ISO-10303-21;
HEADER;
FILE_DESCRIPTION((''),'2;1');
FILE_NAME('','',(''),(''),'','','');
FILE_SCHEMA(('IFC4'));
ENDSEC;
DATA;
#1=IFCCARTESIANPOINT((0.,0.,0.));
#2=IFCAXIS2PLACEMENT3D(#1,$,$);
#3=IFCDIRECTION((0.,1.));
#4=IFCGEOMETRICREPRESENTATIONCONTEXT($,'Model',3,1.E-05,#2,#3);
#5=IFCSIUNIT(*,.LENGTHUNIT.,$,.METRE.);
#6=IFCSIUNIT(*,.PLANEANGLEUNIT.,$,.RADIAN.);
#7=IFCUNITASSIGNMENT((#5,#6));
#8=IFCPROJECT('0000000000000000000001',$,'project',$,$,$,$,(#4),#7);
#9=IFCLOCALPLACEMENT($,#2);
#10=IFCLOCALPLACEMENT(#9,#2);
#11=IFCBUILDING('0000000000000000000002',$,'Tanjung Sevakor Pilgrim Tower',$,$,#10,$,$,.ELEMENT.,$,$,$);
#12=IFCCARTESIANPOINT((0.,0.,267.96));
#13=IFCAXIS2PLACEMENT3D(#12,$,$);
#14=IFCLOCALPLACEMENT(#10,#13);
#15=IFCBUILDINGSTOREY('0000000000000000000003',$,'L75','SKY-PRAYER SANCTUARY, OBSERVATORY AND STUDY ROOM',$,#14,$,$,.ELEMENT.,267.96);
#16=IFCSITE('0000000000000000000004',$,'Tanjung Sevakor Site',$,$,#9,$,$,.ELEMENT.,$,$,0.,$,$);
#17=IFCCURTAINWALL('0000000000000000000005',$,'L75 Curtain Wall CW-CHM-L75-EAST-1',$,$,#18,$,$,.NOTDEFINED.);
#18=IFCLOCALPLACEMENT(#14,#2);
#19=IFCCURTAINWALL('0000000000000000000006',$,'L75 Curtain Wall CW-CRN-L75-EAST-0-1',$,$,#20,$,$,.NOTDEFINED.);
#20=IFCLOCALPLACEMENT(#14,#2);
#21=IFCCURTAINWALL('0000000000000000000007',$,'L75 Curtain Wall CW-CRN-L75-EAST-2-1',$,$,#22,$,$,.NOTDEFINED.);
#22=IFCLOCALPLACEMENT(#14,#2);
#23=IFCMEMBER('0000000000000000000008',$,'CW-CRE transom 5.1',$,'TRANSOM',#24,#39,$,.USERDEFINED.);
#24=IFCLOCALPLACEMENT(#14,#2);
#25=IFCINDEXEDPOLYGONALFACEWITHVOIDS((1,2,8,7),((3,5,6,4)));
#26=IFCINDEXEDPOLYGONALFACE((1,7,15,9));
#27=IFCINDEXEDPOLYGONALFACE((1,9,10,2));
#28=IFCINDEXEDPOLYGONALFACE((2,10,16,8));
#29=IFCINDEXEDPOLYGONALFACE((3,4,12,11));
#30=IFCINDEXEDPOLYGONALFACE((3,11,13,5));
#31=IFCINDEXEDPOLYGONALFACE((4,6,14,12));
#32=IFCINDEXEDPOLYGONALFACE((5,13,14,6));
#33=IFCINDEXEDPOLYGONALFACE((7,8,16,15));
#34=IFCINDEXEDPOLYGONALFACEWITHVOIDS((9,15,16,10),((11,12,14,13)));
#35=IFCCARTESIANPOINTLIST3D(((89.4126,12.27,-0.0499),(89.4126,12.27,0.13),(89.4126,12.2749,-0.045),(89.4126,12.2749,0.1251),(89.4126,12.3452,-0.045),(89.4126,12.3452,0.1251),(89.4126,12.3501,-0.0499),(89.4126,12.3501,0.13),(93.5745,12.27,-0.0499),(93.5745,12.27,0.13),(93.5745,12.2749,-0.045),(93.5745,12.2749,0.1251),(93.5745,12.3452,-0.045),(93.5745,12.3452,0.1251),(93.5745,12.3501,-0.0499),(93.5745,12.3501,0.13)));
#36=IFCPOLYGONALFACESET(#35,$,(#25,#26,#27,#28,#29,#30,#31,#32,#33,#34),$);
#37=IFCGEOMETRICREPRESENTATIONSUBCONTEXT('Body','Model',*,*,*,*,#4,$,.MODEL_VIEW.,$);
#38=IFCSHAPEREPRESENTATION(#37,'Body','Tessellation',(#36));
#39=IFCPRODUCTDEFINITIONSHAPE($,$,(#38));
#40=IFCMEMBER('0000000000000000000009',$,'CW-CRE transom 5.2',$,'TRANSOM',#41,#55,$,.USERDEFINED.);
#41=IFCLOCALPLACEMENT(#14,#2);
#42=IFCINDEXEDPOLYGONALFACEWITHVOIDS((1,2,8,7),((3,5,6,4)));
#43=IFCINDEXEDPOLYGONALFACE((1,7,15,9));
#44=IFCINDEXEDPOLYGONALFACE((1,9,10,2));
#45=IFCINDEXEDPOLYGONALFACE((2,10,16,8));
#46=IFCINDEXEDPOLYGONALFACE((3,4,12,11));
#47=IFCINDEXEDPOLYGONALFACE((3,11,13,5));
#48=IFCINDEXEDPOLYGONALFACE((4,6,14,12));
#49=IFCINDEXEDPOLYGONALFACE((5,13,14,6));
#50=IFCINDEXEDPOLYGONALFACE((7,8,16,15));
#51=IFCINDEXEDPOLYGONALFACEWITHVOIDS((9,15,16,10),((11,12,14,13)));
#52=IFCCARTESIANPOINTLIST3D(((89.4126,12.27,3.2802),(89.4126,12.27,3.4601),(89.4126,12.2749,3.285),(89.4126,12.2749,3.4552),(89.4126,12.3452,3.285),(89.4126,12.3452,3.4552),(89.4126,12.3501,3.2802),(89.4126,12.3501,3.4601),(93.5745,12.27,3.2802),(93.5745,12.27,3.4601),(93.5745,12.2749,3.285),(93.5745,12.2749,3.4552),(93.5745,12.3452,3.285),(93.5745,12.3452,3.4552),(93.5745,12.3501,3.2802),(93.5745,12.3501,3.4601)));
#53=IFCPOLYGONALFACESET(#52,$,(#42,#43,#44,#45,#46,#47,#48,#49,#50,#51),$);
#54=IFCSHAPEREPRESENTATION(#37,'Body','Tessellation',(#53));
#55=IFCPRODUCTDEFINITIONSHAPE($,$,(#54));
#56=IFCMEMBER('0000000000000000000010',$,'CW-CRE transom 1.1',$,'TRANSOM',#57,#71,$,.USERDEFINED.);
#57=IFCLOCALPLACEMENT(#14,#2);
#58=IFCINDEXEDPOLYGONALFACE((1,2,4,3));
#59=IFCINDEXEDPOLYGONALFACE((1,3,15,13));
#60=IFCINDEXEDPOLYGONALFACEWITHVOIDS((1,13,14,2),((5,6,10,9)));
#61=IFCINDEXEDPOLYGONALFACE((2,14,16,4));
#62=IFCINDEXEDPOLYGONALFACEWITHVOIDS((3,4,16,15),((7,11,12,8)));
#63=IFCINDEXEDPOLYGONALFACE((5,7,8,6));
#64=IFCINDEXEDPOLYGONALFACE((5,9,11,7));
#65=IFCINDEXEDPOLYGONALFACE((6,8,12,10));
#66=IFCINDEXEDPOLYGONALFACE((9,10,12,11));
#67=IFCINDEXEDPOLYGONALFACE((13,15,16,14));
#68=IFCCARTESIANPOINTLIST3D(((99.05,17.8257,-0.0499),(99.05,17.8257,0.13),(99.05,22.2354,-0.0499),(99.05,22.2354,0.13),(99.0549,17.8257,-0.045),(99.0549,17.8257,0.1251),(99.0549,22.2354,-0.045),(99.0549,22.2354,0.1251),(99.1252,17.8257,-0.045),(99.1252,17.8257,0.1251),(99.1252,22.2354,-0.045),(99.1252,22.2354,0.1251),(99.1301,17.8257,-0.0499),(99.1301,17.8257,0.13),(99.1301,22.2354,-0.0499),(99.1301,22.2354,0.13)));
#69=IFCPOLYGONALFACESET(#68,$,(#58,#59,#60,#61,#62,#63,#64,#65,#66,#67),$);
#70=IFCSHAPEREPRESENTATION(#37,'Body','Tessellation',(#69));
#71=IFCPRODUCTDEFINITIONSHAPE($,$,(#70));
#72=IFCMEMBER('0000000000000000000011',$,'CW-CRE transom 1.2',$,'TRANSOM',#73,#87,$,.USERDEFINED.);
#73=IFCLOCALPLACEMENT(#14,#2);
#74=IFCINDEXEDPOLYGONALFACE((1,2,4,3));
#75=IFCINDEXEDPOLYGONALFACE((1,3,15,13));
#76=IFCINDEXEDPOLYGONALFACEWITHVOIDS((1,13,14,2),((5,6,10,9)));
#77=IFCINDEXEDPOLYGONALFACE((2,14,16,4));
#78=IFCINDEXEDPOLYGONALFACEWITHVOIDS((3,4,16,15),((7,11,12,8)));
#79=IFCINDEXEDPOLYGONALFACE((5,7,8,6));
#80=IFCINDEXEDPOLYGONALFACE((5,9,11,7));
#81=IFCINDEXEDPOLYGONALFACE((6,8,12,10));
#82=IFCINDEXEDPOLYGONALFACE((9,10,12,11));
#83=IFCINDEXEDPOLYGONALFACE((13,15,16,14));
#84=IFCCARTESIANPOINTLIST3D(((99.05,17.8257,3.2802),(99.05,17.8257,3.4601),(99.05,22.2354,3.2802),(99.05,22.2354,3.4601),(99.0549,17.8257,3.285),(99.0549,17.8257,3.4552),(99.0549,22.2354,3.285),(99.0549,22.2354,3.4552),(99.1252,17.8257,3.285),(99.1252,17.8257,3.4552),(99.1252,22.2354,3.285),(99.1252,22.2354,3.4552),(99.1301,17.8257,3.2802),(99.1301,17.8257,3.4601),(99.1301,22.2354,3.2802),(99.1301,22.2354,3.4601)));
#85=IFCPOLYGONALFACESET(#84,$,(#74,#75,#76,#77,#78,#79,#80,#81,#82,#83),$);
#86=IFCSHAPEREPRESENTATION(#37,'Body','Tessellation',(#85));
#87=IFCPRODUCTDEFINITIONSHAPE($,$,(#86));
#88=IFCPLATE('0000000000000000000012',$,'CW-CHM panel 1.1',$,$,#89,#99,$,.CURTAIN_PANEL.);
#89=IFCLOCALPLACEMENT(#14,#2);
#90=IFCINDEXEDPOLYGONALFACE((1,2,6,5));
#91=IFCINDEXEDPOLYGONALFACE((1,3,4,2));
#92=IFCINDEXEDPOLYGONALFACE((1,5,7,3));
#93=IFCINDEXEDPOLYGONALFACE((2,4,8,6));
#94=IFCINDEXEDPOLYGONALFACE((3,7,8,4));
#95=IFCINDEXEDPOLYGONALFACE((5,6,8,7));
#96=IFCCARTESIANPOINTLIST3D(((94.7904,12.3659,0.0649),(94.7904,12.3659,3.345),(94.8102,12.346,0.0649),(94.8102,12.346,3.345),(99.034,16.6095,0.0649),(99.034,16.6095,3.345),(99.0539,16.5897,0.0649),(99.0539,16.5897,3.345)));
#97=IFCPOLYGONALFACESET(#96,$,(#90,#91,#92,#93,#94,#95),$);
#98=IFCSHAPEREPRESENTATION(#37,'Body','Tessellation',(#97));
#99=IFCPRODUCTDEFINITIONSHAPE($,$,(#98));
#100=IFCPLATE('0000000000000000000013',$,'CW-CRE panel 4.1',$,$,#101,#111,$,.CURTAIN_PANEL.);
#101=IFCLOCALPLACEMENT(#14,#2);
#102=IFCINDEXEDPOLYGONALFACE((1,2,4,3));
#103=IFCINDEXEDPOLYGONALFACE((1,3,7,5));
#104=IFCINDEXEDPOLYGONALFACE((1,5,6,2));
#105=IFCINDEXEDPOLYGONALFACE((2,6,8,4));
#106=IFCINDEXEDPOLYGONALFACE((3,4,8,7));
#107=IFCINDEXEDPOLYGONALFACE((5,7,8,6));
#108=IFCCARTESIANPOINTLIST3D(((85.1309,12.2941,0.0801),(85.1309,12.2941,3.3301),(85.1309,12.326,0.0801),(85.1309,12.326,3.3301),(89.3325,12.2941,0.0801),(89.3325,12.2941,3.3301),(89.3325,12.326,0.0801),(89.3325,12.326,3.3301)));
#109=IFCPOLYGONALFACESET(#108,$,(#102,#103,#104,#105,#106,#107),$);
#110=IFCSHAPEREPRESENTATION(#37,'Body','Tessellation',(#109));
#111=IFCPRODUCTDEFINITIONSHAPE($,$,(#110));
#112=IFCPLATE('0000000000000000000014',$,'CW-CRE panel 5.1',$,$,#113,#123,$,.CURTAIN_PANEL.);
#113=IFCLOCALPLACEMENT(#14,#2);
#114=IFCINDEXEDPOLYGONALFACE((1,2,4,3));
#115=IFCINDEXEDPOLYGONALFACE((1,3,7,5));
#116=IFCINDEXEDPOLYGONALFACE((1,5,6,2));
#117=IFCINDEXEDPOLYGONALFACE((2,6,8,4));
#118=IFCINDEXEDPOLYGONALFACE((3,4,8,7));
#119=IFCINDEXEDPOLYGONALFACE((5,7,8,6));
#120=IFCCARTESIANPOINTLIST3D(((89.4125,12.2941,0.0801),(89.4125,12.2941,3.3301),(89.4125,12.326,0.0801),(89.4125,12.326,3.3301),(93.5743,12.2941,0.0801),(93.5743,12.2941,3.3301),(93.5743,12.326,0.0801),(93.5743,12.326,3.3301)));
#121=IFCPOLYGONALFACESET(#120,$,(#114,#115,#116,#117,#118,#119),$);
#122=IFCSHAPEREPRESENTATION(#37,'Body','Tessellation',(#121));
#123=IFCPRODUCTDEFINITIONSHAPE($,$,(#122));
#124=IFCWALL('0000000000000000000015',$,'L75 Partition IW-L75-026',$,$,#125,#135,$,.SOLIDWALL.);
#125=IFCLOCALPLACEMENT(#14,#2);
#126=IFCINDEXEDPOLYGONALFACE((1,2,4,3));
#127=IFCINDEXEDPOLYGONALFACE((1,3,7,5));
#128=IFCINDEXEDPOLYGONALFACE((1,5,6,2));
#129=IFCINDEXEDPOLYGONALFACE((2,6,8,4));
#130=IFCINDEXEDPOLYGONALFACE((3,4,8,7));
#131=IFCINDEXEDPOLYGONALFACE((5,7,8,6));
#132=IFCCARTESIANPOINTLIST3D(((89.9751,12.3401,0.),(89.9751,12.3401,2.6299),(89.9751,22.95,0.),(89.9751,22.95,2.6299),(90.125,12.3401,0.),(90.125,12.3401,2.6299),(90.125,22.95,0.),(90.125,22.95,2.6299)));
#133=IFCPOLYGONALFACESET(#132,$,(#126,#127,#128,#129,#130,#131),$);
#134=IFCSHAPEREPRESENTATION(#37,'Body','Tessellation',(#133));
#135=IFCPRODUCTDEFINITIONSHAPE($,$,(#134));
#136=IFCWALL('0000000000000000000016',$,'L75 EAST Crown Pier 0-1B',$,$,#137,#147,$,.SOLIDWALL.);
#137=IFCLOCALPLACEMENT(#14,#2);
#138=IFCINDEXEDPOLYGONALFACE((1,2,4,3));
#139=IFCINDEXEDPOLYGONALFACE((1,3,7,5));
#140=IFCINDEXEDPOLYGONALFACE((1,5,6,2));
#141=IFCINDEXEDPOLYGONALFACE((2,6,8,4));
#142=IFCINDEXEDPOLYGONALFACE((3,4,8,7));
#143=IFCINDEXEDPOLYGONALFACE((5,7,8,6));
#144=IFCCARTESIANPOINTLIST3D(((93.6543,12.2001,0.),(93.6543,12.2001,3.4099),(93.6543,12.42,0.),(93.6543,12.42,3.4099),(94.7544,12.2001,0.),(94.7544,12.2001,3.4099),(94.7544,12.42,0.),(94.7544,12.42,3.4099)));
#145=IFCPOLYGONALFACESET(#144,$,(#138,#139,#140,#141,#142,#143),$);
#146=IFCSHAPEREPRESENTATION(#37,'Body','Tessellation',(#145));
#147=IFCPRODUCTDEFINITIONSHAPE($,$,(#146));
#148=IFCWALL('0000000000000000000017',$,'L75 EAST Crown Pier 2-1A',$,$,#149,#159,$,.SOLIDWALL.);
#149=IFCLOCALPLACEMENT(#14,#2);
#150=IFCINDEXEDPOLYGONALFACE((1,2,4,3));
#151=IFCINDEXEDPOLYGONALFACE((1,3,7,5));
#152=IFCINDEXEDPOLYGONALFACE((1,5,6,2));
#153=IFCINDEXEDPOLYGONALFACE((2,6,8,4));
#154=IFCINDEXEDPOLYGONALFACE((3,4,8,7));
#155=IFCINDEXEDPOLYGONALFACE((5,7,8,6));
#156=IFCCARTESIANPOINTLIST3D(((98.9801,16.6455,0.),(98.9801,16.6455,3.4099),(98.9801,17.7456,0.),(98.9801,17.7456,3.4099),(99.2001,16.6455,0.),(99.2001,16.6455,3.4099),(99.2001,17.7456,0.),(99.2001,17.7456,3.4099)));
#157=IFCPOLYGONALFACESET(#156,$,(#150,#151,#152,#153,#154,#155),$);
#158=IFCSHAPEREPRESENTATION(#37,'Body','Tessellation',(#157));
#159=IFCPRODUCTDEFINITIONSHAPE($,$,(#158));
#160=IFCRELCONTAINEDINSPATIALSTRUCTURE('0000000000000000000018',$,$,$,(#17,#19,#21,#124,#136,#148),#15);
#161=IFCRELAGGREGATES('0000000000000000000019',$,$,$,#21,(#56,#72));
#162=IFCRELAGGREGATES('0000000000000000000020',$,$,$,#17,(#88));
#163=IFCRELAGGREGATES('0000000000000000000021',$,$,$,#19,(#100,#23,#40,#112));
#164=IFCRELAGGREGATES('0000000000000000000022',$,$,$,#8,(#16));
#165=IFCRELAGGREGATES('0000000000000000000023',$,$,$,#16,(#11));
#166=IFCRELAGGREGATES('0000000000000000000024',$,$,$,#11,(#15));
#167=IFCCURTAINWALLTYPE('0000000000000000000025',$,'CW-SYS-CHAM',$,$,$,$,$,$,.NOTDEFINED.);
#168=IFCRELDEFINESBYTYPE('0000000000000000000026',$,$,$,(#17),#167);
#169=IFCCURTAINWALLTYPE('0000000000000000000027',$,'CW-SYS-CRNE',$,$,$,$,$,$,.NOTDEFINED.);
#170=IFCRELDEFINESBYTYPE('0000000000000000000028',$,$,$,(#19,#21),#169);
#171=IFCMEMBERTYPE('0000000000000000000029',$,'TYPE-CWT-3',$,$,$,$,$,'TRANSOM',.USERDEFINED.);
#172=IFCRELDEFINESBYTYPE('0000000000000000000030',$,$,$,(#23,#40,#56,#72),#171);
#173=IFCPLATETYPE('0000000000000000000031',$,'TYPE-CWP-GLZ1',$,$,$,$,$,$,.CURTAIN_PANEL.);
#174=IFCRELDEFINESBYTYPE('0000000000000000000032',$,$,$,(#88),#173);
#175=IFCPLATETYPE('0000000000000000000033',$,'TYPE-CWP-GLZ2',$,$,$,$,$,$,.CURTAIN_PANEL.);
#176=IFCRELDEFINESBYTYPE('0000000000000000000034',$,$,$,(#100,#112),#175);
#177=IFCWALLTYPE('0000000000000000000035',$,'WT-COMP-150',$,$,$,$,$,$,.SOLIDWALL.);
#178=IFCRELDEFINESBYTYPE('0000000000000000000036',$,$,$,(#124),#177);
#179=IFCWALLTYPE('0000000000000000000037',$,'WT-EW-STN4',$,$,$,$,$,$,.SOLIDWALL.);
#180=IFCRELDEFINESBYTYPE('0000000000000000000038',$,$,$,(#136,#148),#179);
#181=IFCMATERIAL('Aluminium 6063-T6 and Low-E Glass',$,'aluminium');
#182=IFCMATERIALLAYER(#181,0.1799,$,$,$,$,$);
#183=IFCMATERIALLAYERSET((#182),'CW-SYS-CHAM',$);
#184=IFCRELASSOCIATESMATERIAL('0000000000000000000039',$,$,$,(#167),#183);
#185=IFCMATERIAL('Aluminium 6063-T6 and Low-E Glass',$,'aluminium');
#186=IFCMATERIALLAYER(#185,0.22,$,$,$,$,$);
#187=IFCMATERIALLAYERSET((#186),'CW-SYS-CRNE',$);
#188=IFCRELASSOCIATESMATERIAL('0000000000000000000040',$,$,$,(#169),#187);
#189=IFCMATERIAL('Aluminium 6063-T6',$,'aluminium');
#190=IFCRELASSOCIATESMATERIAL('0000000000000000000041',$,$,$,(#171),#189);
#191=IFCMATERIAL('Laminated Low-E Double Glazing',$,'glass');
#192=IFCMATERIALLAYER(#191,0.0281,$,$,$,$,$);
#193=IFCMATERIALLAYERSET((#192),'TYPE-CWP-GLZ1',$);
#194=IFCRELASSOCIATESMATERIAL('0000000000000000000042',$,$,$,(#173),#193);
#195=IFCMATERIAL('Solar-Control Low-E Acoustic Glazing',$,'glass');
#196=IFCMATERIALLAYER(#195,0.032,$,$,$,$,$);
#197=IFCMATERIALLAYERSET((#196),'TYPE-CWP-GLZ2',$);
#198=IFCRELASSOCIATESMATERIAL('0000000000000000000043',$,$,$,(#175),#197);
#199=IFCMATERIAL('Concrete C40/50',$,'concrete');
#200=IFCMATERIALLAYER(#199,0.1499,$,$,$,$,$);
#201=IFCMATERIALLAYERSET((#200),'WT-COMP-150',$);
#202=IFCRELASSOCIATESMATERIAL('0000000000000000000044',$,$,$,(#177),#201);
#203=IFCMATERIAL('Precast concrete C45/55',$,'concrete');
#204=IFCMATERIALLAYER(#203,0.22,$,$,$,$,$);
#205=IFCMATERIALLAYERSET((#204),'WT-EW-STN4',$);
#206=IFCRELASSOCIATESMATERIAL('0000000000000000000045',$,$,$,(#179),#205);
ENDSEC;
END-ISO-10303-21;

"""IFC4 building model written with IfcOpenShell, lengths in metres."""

from ifc_helpers import new_model, si_unit, direction, frame, frame_2d, origin, origin_2d, place, context, subcontext, project, spatial, rectangle, hollow_rectangle, extrude, material, layer, layer_set, material_profile, profile_set, type_object, element, aggregate, save


model = new_model("IFC4")

# Units and contexts
model_context = context("Model", 3, precision=1e-05, world=origin(), true_north=direction((0.0, 1.0)))
body_context = subcontext(model_context, "Body", "Model", "MODEL_VIEW")
ifc_project = project(units=[si_unit("LENGTHUNIT", "METRE"), si_unit("PLANEANGLEUNIT", "RADIAN")], contexts=[model_context])

# Site, building, storey
site_placement = place(None, origin())
site = spatial("IfcSite", under=ifc_project, at=site_placement, Name="Tanjung Sevakor Site", CompositionType="ELEMENT", RefElevation=0.0)
building_placement = place(site_placement, origin())
building = spatial("IfcBuilding", under=site, at=building_placement, Name="Tanjung Sevakor Pilgrim Tower", CompositionType="ELEMENT")
storey_placement = place(building_placement, frame((0.0, 0.0, 267.96)))
storey = spatial("IfcBuildingStorey", under=building, at=storey_placement, Name="L75", Description="SKY-PRAYER SANCTUARY, OBSERVATORY AND STUDY ROOM", CompositionType="ELEMENT", Elevation=267.96)

# Curtain walls
ifc_material_1 = material(Name="Aluminium 6063-T6 and Low-E Glass", Category="aluminium")
ifc_layer_1 = layer(ifc_material_1, 0.1799)
ifc_layer_set_1 = layer_set([ifc_layer_1], Name="CW-SYS-CHAM")
curtain_wall_type_1 = type_object("IfcCurtainWallType", Name="CW-SYS-CHAM", PredefinedType="NOTDEFINED", material=ifc_layer_set_1)
curtain_wall_1_placement = place(storey_placement, origin())
curtain_wall_1 = element("IfcCurtainWall", 1, at=curtain_wall_1_placement, inside=storey, type_object=curtain_wall_type_1, Name="L75 Curtain Wall CW-CHM-L75-EAST-1", PredefinedType="NOTDEFINED")
ifc_material_2 = material(Name="Aluminium 6063-T6 and Low-E Glass", Category="aluminium")
ifc_layer_2 = layer(ifc_material_2, 0.22)
ifc_layer_set_2 = layer_set([ifc_layer_2], Name="CW-SYS-CRNE")
curtain_wall_type_2 = type_object("IfcCurtainWallType", Name="CW-SYS-CRNE", PredefinedType="NOTDEFINED", material=ifc_layer_set_2)
curtain_wall_2_placement = place(storey_placement, origin())
curtain_wall_2 = element("IfcCurtainWall", 2, at=curtain_wall_2_placement, inside=storey, type_object=curtain_wall_type_2, Name="L75 Curtain Wall CW-CRN-L75-EAST-0-1", PredefinedType="NOTDEFINED")

# Curtain wall
curtain_wall_3_placement = place(storey_placement, origin())
curtain_wall_3 = element("IfcCurtainWall", 3, at=curtain_wall_3_placement, inside=storey, type_object=curtain_wall_type_2, Name="L75 Curtain Wall CW-CRN-L75-EAST-2-1", PredefinedType="NOTDEFINED")

# Members
ifc_material_3 = material(Name="Aluminium 6063-T6", Category="aluminium")
ifc_material_profile_1 = material_profile(ifc_material_3, hollow_rectangle(XDim=0.0801, YDim=0.1799, WallThickness=0.0049, at=origin_2d()))
ifc_profile_set_1 = profile_set([ifc_material_profile_1], Name="Aluminium 6063-T6")
member_type_1 = type_object("IfcMemberType", Name="TYPE-CWT-3", ElementType="TRANSOM", PredefinedType="USERDEFINED", material=ifc_profile_set_1)
member_1_placement = place(storey_placement, frame((89.4126, 12.3101, 0.04), z_axis=(1.0, 0.0, 0.0), x_axis=(0.0, 1.0, 0.0)))
member_1 = element("IfcMember", 4, at=member_1_placement, type_object=member_type_1, Name="CW-CRE transom 5.1", ObjectType="TRANSOM", PredefinedType="USERDEFINED", context=body_context, shape_type="SweptSolid", body=[
    extrude(hollow_rectangle(XDim=0.0801, YDim=0.1799, WallThickness=0.0049, at=origin_2d()), origin(), (0.0, 0.0, 1.0), 4.1619),
])
member_2_placement = place(storey_placement, frame((89.4126, 12.3101, 3.3701), z_axis=(1.0, 0.0, 0.0), x_axis=(0.0, 1.0, 0.0)))
member_2 = element("IfcMember", 5, at=member_2_placement, type_object=member_type_1, Name="CW-CRE transom 5.2", ObjectType="TRANSOM", PredefinedType="USERDEFINED", context=body_context, shape_type="SweptSolid", body=[
    extrude(hollow_rectangle(XDim=0.0801, YDim=0.1799, WallThickness=0.0049, at=origin_2d()), origin(), (0.0, 0.0, 1.0), 4.1619),
])
member_3_placement = place(storey_placement, frame((99.0901, 17.8257, 0.04), z_axis=(0.0, 1.0, 0.0), x_axis=(-1.0, 0.0, 0.0)))
member_3 = element("IfcMember", 6, at=member_3_placement, type_object=member_type_1, Name="CW-CRE transom 1.1", ObjectType="TRANSOM", PredefinedType="USERDEFINED", context=body_context, shape_type="SweptSolid", body=[
    extrude(hollow_rectangle(XDim=0.0801, YDim=0.1799, WallThickness=0.0049, at=origin_2d()), origin(), (0.0, 0.0, 1.0), 4.4097),
])
member_4_placement = place(storey_placement, frame((99.0901, 17.8257, 3.3701), z_axis=(0.0, 1.0, 0.0), x_axis=(-1.0, 0.0, 0.0)))
member_4 = element("IfcMember", 7, at=member_4_placement, type_object=member_type_1, Name="CW-CRE transom 1.2", ObjectType="TRANSOM", PredefinedType="USERDEFINED", context=body_context, shape_type="SweptSolid", body=[
    extrude(hollow_rectangle(XDim=0.0801, YDim=0.1799, WallThickness=0.0049, at=origin_2d()), origin(), (0.0, 0.0, 1.0), 4.4097),
])
aggregate(curtain_wall_3, [member_3, member_4])

# Plates
ifc_material_4 = material(Name="Laminated Low-E Double Glazing", Category="glass")
ifc_layer_3 = layer(ifc_material_4, 0.0281)
ifc_layer_set_3 = layer_set([ifc_layer_3], Name="TYPE-CWP-GLZ1")
plate_type_1 = type_object("IfcPlateType", Name="TYPE-CWP-GLZ1", PredefinedType="CURTAIN_PANEL", material=ifc_layer_set_3)
plate_1_placement = place(storey_placement, frame((96.9221, 14.4778, 0.0649), z_axis=(0.0, 0.0, 1.0), x_axis=(0.707107, 0.707107, 0.0)))
plate_1 = element("IfcPlate", 8, at=plate_1_placement, type_object=plate_type_1, Name="CW-CHM panel 1.1", PredefinedType="CURTAIN_PANEL", context=body_context, shape_type="SweptSolid", body=[
    extrude(rectangle(XDim=6.0015, YDim=0.0281, at=origin_2d()), origin(), (0.0, 0.0, 1.0), 3.28),
])
aggregate(curtain_wall_1, [plate_1])
ifc_material_5 = material(Name="Solar-Control Low-E Acoustic Glazing", Category="glass")
ifc_layer_4 = layer(ifc_material_5, 0.032)
ifc_layer_set_4 = layer_set([ifc_layer_4], Name="TYPE-CWP-GLZ2")
plate_type_2 = type_object("IfcPlateType", Name="TYPE-CWP-GLZ2", PredefinedType="CURTAIN_PANEL", material=ifc_layer_set_4)
plate_2_placement = place(storey_placement, frame((87.2317, 12.3101, 0.0801), z_axis=(0.0, 0.0, 1.0), x_axis=(1.0, 0.0, 0.0)))
plate_2 = element("IfcPlate", 9, at=plate_2_placement, type_object=plate_type_2, Name="CW-CRE panel 4.1", PredefinedType="CURTAIN_PANEL", context=body_context, shape_type="SweptSolid", body=[
    extrude(rectangle(XDim=4.2017, YDim=0.032, at=origin_2d()), origin(), (0.0, 0.0, 1.0), 3.25),
])
plate_3_placement = place(storey_placement, frame((91.4934, 12.3101, 0.0801), z_axis=(0.0, 0.0, 1.0), x_axis=(1.0, 0.0, 0.0)))
plate_3 = element("IfcPlate", 10, at=plate_3_placement, type_object=plate_type_2, Name="CW-CRE panel 5.1", PredefinedType="CURTAIN_PANEL", context=body_context, shape_type="SweptSolid", body=[
    extrude(rectangle(XDim=4.1619, YDim=0.032, at=origin_2d()), origin(), (0.0, 0.0, 1.0), 3.25),
])
aggregate(curtain_wall_2, [plate_2, member_1, member_2, plate_3])

# Walls
ifc_material_6 = material(Name="Concrete C40/50", Category="concrete")
ifc_layer_5 = layer(ifc_material_6, 0.1499)
ifc_layer_set_5 = layer_set([ifc_layer_5], Name="WT-COMP-150")
wall_type_1 = type_object("IfcWallType", Name="WT-COMP-150", PredefinedType="SOLIDWALL", material=ifc_layer_set_5)
wall_1_placement = place(storey_placement, frame((90.05, 12.3401, 0.0), z_axis=(0.0, 0.0, 1.0), x_axis=(0.0, 1.0, 0.0)))
element("IfcWall", 11, at=wall_1_placement, inside=storey, type_object=wall_type_1, Name="L75 Partition IW-L75-026", PredefinedType="SOLIDWALL", context=body_context, shape_type="SweptSolid", body=[
    extrude(rectangle(XDim=10.6099, YDim=0.1499, at=frame_2d((5.3049, 0.0))), origin(), (0.0, 0.0, 1.0), 2.6299),
])
ifc_material_7 = material(Name="Precast concrete C45/55", Category="concrete")
ifc_layer_6 = layer(ifc_material_7, 0.22)
ifc_layer_set_6 = layer_set([ifc_layer_6], Name="WT-EW-STN4")
wall_type_2 = type_object("IfcWallType", Name="WT-EW-STN4", PredefinedType="SOLIDWALL", material=ifc_layer_set_6)
for number, where, z_axis, x_axis, name in (
    (12, (93.6543, 12.3101, 0.0), (0.0, 0.0, 1.0), (1.0, 0.0, 0.0), "L75 EAST Crown Pier 0-1B"),
    (13, (99.0901, 16.6455, 0.0), (0.0, 0.0, 1.0), (0.0, 1.0, 0.0), "L75 EAST Crown Pier 2-1A"),
):
    element("IfcWall", number, at=place(storey_placement, frame(where, z_axis=z_axis, x_axis=x_axis)), inside=storey, type_object=wall_type_2, Name=name, PredefinedType="SOLIDWALL", context=body_context, shape_type="SweptSolid", body=[
        extrude(rectangle(XDim=1.1001, YDim=0.22, at=frame_2d((0.55, 0.0))), origin(), (0.0, 0.0, 1.0), 3.4099),
    ])

save(model, "model.ifc")
